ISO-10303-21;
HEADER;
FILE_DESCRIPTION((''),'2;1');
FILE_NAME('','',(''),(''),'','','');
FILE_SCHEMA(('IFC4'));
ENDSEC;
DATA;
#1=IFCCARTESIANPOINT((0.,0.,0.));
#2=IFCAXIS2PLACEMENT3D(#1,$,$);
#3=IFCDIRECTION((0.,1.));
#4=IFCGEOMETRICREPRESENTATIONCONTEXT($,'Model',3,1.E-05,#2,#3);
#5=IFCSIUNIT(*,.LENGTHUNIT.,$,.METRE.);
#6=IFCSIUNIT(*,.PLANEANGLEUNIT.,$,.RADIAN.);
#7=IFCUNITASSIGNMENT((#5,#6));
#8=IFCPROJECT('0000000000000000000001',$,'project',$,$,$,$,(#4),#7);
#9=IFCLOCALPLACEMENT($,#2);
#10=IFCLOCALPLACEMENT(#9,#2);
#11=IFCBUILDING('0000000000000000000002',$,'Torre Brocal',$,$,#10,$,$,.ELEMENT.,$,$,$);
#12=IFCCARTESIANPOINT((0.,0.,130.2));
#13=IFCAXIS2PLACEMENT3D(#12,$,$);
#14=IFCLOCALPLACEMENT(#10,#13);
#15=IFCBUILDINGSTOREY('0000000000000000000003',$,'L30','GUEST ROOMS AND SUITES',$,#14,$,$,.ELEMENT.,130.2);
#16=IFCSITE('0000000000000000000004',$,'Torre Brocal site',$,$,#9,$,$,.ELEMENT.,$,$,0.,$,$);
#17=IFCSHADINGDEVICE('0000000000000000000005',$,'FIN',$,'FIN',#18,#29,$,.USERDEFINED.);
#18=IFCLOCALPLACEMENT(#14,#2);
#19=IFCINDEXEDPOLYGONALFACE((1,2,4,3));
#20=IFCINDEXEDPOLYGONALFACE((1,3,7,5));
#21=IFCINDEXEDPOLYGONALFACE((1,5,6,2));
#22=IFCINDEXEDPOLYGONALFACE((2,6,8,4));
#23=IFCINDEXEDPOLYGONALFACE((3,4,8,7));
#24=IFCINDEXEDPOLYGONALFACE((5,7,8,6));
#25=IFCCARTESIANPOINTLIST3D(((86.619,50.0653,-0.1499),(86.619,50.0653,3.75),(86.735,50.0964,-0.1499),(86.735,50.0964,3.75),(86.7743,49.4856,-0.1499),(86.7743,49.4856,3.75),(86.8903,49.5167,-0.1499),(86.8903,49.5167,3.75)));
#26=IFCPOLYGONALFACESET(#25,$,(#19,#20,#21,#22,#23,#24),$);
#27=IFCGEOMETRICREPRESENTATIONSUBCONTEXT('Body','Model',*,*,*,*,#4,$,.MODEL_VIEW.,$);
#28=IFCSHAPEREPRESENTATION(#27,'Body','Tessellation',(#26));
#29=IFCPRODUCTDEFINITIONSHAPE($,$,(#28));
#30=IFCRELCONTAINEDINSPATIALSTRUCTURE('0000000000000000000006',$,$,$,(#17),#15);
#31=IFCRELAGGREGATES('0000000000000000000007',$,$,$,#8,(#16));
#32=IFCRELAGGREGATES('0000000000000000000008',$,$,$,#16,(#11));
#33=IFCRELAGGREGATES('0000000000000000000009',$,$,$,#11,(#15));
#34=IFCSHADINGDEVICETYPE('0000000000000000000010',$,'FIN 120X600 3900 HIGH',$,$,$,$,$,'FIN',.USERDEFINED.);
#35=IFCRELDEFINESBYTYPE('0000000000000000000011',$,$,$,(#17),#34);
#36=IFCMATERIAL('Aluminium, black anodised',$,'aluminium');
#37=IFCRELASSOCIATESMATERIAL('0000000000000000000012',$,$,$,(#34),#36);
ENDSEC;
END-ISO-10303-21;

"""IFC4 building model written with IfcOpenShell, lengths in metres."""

from ifc_helpers import new_model, si_unit, direction, frame, origin, origin_2d, place, context, subcontext, project, spatial, rectangle, extrude, material, material_profile, profile_set, type_object, element, save


model = new_model("IFC4")

# Units and contexts
model_context = context("Model", 3, precision=1e-05, world=origin(), true_north=direction((0.0, 1.0)))
body_context = subcontext(model_context, "Body", "Model", "MODEL_VIEW")
ifc_project = project(units=[si_unit("LENGTHUNIT", "METRE"), si_unit("PLANEANGLEUNIT", "RADIAN")], contexts=[model_context])

# Site, building, storey
site_placement = place(None, origin())
site = spatial("IfcSite", under=ifc_project, at=site_placement, Name="Torre Brocal site", CompositionType="ELEMENT", RefElevation=0.0)
building_placement = place(site_placement, origin())
building = spatial("IfcBuilding", under=site, at=building_placement, Name="Torre Brocal", CompositionType="ELEMENT")
storey_placement = place(building_placement, frame((0.0, 0.0, 130.2)))
storey = spatial("IfcBuildingStorey", under=building, at=storey_placement, Name="L30", Description="GUEST ROOMS AND SUITES", CompositionType="ELEMENT", Elevation=130.2)

# Shading device
ifc_material_1 = material(Name="Aluminium, black anodised", Category="aluminium")
ifc_material_profile_1 = material_profile(ifc_material_1, rectangle(XDim=0.1201, YDim=0.6001, at=origin_2d()), Name="FIN 120X600 3900 HIGH")
ifc_profile_set_1 = profile_set([ifc_material_profile_1], Name="Aluminium, black anodised")
shading_device_type = type_object("IfcShadingDeviceType", Name="FIN 120X600 3900 HIGH", ElementType="FIN", PredefinedType="USERDEFINED", material=ifc_profile_set_1)
shading_device_placement = place(storey_placement, frame((86.7546, 49.791, -0.1499), z_axis=(0.0, 0.0, 1.0), x_axis=(0.965926, 0.258819, 0.0)))
element("IfcShadingDevice", 1, at=shading_device_placement, inside=storey, type_object=shading_device_type, Name="FIN", ObjectType="FIN", PredefinedType="USERDEFINED", context=body_context, shape_type="SweptSolid", body=[
    extrude(rectangle(XDim=0.1201, YDim=0.6001, at=origin_2d()), origin(), (0.0, 0.0, 1.0), 3.8999),
])

save(model, "model.ifc")
